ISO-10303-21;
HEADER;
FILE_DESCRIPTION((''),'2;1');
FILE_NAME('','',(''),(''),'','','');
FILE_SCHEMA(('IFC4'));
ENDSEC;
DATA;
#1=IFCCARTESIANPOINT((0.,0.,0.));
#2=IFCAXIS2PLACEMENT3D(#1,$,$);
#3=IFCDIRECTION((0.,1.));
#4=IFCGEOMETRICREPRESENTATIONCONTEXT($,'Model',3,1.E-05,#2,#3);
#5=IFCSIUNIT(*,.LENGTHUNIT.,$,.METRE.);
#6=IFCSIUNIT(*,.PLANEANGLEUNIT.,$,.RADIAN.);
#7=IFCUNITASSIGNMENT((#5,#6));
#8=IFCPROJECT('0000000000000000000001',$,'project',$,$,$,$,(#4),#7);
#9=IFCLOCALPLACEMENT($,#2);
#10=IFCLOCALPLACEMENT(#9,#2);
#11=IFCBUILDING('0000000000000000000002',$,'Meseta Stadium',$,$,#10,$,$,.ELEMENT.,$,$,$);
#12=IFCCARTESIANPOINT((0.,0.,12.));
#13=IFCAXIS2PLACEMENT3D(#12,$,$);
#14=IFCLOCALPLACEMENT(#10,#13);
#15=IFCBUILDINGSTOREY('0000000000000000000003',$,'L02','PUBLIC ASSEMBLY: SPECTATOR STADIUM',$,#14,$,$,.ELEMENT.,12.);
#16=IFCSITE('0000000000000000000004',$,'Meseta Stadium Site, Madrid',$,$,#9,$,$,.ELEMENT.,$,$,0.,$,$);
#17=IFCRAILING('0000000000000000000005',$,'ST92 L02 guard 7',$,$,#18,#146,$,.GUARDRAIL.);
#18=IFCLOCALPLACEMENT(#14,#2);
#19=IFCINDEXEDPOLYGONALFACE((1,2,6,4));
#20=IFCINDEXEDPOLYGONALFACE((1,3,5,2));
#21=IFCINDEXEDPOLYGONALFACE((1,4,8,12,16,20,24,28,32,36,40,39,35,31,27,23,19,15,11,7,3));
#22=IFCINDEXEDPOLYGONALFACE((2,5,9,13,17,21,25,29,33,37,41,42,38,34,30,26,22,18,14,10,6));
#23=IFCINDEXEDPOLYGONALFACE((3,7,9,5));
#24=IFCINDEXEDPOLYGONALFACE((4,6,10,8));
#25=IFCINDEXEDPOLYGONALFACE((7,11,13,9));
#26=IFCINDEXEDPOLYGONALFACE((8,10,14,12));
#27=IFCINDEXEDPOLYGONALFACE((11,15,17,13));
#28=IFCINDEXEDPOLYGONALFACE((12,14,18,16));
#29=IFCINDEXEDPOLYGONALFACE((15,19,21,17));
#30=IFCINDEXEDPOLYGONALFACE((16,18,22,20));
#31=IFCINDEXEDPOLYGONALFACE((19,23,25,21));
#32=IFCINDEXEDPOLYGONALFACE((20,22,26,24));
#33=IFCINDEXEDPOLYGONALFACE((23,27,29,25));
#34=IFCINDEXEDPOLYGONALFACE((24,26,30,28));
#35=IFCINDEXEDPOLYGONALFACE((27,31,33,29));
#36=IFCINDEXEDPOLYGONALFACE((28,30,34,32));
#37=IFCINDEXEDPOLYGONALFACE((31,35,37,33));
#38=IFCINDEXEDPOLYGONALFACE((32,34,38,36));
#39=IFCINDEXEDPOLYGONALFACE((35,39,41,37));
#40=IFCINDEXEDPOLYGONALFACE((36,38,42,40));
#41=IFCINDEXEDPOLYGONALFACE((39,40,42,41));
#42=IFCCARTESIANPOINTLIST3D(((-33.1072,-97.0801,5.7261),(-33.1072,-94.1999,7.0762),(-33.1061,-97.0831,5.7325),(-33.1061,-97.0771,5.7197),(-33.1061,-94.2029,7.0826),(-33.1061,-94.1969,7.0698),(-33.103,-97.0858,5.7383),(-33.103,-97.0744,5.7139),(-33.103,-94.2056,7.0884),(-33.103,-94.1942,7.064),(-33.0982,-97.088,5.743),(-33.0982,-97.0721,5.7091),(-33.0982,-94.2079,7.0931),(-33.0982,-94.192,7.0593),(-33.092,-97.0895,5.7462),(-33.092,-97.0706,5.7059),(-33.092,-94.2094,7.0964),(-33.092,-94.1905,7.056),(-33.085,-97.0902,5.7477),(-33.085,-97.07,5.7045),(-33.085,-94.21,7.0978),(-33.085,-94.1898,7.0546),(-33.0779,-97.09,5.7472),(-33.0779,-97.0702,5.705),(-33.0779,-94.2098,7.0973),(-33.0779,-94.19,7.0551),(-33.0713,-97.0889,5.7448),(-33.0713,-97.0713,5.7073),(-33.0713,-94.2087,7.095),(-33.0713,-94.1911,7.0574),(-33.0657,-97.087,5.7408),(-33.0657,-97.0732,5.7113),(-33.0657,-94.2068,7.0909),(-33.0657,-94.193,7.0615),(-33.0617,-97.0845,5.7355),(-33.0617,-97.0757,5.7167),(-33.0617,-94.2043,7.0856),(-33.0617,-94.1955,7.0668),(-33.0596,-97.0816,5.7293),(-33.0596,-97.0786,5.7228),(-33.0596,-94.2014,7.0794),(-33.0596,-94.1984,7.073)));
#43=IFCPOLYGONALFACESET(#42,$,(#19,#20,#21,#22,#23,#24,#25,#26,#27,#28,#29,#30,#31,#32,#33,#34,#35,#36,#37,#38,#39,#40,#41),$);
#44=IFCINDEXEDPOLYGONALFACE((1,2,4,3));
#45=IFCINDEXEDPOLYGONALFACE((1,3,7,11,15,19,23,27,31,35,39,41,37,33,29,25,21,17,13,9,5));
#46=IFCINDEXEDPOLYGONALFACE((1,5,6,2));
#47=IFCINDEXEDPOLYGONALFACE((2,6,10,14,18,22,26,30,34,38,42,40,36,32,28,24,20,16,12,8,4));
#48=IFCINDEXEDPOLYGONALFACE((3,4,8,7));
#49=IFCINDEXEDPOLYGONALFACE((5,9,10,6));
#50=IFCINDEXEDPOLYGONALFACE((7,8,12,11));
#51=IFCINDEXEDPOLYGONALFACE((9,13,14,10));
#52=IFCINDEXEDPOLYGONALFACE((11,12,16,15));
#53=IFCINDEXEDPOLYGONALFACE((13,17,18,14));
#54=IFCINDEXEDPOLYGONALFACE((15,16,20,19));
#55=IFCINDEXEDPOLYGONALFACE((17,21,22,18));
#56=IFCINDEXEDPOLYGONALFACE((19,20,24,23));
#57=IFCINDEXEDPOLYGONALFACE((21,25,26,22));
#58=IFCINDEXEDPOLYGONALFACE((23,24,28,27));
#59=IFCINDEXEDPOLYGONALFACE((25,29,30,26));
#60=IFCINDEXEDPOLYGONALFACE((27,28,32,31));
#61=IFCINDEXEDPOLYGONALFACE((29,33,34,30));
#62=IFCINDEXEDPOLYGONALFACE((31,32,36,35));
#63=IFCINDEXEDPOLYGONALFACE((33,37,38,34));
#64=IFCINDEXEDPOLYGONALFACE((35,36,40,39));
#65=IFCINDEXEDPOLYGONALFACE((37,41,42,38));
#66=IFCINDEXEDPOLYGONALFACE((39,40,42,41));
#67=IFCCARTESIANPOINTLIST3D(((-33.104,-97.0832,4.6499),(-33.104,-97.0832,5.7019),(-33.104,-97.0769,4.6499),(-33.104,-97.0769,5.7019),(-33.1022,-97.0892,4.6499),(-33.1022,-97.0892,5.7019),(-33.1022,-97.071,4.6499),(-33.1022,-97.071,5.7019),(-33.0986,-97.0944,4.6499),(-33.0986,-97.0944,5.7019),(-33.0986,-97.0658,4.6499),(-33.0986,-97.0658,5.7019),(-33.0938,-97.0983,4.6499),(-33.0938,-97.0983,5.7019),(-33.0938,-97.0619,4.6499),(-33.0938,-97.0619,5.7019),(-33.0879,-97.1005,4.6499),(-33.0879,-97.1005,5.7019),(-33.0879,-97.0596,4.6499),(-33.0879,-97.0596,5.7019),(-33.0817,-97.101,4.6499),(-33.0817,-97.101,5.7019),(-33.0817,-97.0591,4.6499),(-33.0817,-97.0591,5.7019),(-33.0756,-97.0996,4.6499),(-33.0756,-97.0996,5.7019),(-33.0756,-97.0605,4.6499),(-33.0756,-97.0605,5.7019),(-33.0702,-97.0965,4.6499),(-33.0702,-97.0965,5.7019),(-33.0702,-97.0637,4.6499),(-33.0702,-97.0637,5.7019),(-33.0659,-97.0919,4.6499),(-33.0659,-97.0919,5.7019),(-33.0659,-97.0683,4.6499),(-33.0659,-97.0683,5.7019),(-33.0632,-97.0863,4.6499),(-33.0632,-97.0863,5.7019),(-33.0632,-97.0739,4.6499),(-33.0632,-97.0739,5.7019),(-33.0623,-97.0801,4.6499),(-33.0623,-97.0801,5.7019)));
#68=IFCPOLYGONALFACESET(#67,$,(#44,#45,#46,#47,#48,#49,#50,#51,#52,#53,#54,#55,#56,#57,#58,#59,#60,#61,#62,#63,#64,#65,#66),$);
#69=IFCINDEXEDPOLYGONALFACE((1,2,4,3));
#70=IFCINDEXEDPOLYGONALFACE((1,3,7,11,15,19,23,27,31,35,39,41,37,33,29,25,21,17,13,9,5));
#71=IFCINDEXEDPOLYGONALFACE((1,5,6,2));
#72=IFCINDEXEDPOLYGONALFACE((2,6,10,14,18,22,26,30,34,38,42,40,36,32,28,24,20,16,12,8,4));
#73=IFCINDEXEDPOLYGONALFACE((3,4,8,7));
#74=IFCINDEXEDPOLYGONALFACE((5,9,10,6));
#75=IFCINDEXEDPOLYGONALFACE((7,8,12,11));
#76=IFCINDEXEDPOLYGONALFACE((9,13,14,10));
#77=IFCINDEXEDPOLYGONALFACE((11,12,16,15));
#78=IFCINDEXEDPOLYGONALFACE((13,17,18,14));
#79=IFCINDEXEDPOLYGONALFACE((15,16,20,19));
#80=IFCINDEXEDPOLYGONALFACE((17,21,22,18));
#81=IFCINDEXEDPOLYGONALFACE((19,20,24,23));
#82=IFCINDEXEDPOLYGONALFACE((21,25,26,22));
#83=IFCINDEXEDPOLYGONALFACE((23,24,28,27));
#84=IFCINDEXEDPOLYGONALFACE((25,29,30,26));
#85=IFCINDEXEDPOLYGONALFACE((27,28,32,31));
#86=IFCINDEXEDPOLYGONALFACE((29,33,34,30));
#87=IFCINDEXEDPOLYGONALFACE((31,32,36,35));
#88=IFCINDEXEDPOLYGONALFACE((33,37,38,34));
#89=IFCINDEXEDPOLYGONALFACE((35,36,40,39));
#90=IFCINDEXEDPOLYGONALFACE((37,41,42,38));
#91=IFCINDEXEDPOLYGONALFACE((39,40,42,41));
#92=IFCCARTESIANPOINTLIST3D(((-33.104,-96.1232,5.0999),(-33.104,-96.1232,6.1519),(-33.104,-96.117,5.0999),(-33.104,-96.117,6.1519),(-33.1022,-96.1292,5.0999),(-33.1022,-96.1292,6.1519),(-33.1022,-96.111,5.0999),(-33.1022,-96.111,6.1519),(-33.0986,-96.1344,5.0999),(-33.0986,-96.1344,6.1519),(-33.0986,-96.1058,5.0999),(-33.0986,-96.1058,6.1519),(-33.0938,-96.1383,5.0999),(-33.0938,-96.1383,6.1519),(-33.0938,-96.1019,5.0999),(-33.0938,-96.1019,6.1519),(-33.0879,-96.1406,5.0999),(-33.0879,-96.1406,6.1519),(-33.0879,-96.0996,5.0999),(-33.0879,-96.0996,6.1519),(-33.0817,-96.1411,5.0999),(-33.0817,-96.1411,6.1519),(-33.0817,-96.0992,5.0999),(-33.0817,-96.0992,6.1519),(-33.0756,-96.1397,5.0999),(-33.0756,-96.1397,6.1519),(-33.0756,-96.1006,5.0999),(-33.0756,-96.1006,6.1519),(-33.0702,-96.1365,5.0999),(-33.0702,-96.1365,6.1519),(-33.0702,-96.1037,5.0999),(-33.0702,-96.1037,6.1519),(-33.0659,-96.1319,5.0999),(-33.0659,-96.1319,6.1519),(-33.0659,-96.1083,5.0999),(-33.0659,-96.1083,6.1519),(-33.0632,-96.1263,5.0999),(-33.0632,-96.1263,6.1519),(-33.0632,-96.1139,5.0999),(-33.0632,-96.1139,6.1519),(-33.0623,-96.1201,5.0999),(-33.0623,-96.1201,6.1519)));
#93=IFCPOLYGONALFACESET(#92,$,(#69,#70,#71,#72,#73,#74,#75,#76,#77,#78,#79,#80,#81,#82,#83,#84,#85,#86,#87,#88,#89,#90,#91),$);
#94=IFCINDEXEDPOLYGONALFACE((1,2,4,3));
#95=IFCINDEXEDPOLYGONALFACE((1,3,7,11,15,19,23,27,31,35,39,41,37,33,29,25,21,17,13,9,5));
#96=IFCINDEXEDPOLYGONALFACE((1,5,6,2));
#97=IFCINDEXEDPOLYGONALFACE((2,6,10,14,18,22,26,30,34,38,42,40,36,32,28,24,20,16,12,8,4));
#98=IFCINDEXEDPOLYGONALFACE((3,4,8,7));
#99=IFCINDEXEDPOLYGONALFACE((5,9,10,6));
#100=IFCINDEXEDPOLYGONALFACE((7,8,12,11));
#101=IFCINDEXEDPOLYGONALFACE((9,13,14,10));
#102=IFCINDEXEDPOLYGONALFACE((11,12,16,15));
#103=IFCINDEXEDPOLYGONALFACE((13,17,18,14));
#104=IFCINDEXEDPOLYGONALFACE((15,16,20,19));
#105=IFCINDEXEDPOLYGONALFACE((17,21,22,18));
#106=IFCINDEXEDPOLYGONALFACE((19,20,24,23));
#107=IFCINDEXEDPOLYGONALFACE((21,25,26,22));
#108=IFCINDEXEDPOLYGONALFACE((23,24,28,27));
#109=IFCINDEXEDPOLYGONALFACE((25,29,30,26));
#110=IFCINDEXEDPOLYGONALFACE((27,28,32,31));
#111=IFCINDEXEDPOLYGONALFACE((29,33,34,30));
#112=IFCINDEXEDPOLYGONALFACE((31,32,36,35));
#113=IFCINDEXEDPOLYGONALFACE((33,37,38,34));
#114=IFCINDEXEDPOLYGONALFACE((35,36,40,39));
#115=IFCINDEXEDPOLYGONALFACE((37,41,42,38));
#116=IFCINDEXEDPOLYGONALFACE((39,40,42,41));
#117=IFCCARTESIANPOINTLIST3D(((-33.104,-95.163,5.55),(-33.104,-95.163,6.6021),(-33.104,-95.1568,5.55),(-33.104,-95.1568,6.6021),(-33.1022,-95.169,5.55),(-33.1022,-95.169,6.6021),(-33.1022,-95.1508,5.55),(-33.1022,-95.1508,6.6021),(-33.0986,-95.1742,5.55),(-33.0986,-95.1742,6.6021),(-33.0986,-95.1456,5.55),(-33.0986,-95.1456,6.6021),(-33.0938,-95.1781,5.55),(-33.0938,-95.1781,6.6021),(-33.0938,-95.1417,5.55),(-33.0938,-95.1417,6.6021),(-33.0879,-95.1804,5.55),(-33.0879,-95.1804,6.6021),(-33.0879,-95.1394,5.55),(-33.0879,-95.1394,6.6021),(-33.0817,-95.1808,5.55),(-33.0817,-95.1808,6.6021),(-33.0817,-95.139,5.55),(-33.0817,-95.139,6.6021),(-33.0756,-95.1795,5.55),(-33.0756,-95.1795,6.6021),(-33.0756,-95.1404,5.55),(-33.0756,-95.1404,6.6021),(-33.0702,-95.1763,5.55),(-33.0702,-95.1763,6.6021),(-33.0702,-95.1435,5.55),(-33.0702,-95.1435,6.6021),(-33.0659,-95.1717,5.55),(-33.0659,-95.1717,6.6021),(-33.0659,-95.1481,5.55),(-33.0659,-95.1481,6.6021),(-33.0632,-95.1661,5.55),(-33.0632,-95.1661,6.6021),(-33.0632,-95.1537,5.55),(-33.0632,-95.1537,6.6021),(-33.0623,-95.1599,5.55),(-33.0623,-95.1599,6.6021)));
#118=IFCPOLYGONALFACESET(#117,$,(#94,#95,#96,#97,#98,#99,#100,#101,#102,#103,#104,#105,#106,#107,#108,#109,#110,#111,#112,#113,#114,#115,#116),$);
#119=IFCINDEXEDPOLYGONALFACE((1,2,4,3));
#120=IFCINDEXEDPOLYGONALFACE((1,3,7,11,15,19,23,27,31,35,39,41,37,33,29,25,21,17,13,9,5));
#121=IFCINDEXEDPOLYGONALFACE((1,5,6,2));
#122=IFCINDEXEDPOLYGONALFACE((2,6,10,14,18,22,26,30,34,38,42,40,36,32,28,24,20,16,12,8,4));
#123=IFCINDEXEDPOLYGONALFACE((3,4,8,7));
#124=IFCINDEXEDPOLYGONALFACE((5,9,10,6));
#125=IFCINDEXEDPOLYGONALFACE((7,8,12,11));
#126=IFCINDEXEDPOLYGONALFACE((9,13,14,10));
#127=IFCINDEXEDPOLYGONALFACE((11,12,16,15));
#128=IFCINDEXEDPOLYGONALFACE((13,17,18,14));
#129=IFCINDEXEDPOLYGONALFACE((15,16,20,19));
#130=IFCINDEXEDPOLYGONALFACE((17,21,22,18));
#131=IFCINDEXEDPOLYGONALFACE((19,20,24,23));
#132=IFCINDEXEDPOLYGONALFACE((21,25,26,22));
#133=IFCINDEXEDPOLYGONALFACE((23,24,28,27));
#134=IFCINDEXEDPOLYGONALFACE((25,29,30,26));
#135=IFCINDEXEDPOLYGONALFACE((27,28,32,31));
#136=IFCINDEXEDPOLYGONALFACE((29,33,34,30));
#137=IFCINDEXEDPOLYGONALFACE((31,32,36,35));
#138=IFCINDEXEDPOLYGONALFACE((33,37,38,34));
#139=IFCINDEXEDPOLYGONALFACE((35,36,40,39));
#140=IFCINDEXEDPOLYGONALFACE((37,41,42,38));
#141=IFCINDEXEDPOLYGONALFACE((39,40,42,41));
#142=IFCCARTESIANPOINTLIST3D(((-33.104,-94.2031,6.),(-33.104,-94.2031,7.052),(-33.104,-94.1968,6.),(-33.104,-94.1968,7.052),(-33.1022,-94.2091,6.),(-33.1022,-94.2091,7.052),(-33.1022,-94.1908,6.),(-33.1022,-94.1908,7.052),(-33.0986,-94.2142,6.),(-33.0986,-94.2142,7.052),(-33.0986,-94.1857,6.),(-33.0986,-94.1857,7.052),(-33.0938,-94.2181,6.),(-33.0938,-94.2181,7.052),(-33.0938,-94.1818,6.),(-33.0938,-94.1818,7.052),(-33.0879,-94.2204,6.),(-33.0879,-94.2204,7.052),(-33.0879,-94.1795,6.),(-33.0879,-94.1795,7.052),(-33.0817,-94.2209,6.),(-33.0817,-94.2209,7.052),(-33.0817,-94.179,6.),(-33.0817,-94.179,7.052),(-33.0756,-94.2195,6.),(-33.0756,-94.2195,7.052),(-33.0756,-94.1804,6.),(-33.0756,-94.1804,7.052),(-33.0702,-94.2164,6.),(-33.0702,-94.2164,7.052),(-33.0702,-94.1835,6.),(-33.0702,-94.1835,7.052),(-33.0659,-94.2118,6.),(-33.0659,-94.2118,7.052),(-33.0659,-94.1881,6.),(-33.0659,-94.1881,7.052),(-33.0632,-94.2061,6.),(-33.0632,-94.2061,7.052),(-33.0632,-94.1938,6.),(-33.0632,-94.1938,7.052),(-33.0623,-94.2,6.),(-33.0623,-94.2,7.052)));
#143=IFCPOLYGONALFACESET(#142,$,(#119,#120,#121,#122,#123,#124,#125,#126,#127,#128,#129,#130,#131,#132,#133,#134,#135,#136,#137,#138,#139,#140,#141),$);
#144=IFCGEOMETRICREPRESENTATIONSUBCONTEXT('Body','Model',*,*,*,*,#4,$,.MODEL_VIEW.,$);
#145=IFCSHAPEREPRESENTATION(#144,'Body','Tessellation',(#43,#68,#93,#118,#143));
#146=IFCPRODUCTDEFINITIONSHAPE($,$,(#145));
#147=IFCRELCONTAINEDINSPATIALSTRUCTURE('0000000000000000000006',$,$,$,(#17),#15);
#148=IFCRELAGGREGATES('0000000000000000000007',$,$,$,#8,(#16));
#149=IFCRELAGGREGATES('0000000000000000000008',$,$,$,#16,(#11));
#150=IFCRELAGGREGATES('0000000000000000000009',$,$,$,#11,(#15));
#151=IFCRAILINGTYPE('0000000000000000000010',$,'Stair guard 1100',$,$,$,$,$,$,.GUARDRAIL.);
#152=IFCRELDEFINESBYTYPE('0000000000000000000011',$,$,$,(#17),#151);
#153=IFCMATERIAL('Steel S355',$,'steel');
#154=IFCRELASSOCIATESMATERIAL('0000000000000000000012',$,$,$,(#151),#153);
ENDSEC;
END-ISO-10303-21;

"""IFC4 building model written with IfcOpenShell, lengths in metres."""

from ifc_helpers import new_model, si_unit, direction, frame, origin, origin_2d, place, context, subcontext, project, spatial, circle, extrude, material, type_object, element, save


model = new_model("IFC4")

# Units and contexts
model_context = context("Model", 3, precision=1e-05, world=origin(), true_north=direction((0.0, 1.0)))
body_context = subcontext(model_context, "Body", "Model", "MODEL_VIEW")
ifc_project = project(units=[si_unit("LENGTHUNIT", "METRE"), si_unit("PLANEANGLEUNIT", "RADIAN")], contexts=[model_context])

# Site, building, storey
site_placement = place(None, origin())
site = spatial("IfcSite", under=ifc_project, at=site_placement, Name="Meseta Stadium Site, Madrid", CompositionType="ELEMENT", RefElevation=0.0)
building_placement = place(site_placement, origin())
building = spatial("IfcBuilding", under=site, at=building_placement, Name="Meseta Stadium", CompositionType="ELEMENT")
storey_placement = place(building_placement, frame((0.0, 0.0, 12.0)))
storey = spatial("IfcBuildingStorey", under=building, at=storey_placement, Name="L02", Description="PUBLIC ASSEMBLY: SPECTATOR STADIUM", CompositionType="ELEMENT", Elevation=12.0)

# Railing
ifc_material_1 = material(Name="Steel S355", Category="steel")
railing_type_1 = type_object("IfcRailingType", Name="Stair guard 1100", PredefinedType="GUARDRAIL", material=ifc_material_1)
railing_1_placement = place(storey_placement, frame((-33.0833, -97.0801, 4.6499)))
element("IfcRailing", 1, at=railing_1_placement, inside=storey, type_object=railing_type_1, Name="ST92 L02 guard 7", PredefinedType="GUARDRAIL", context=body_context, shape_type="SweptSolid", body=[
    extrude(circle(Radius=0.0239, at=origin_2d()), frame((0.0, 0.0, 1.0762), z_axis=(0.0, 0.905454, 0.424444), x_axis=(-1.0, 0.0, 0.0)), (0.0, 0.0, 1.0), 3.1809),
    extrude(circle(Radius=0.021, at=origin_2d()), origin(), (0.0, 0.0, 1.0), 1.052),
    extrude(circle(Radius=0.021, at=origin_2d()), frame((0.0, 0.96, 0.45)), (0.0, 0.0, 1.0), 1.052),
    extrude(circle(Radius=0.021, at=origin_2d()), frame((0.0, 1.9202, 0.9001)), (0.0, 0.0, 1.0), 1.052),
    extrude(circle(Radius=0.021, at=origin_2d()), frame((0.0, 2.8801, 1.3501)), (0.0, 0.0, 1.0), 1.052),
])

save(model, "model.ifc")
